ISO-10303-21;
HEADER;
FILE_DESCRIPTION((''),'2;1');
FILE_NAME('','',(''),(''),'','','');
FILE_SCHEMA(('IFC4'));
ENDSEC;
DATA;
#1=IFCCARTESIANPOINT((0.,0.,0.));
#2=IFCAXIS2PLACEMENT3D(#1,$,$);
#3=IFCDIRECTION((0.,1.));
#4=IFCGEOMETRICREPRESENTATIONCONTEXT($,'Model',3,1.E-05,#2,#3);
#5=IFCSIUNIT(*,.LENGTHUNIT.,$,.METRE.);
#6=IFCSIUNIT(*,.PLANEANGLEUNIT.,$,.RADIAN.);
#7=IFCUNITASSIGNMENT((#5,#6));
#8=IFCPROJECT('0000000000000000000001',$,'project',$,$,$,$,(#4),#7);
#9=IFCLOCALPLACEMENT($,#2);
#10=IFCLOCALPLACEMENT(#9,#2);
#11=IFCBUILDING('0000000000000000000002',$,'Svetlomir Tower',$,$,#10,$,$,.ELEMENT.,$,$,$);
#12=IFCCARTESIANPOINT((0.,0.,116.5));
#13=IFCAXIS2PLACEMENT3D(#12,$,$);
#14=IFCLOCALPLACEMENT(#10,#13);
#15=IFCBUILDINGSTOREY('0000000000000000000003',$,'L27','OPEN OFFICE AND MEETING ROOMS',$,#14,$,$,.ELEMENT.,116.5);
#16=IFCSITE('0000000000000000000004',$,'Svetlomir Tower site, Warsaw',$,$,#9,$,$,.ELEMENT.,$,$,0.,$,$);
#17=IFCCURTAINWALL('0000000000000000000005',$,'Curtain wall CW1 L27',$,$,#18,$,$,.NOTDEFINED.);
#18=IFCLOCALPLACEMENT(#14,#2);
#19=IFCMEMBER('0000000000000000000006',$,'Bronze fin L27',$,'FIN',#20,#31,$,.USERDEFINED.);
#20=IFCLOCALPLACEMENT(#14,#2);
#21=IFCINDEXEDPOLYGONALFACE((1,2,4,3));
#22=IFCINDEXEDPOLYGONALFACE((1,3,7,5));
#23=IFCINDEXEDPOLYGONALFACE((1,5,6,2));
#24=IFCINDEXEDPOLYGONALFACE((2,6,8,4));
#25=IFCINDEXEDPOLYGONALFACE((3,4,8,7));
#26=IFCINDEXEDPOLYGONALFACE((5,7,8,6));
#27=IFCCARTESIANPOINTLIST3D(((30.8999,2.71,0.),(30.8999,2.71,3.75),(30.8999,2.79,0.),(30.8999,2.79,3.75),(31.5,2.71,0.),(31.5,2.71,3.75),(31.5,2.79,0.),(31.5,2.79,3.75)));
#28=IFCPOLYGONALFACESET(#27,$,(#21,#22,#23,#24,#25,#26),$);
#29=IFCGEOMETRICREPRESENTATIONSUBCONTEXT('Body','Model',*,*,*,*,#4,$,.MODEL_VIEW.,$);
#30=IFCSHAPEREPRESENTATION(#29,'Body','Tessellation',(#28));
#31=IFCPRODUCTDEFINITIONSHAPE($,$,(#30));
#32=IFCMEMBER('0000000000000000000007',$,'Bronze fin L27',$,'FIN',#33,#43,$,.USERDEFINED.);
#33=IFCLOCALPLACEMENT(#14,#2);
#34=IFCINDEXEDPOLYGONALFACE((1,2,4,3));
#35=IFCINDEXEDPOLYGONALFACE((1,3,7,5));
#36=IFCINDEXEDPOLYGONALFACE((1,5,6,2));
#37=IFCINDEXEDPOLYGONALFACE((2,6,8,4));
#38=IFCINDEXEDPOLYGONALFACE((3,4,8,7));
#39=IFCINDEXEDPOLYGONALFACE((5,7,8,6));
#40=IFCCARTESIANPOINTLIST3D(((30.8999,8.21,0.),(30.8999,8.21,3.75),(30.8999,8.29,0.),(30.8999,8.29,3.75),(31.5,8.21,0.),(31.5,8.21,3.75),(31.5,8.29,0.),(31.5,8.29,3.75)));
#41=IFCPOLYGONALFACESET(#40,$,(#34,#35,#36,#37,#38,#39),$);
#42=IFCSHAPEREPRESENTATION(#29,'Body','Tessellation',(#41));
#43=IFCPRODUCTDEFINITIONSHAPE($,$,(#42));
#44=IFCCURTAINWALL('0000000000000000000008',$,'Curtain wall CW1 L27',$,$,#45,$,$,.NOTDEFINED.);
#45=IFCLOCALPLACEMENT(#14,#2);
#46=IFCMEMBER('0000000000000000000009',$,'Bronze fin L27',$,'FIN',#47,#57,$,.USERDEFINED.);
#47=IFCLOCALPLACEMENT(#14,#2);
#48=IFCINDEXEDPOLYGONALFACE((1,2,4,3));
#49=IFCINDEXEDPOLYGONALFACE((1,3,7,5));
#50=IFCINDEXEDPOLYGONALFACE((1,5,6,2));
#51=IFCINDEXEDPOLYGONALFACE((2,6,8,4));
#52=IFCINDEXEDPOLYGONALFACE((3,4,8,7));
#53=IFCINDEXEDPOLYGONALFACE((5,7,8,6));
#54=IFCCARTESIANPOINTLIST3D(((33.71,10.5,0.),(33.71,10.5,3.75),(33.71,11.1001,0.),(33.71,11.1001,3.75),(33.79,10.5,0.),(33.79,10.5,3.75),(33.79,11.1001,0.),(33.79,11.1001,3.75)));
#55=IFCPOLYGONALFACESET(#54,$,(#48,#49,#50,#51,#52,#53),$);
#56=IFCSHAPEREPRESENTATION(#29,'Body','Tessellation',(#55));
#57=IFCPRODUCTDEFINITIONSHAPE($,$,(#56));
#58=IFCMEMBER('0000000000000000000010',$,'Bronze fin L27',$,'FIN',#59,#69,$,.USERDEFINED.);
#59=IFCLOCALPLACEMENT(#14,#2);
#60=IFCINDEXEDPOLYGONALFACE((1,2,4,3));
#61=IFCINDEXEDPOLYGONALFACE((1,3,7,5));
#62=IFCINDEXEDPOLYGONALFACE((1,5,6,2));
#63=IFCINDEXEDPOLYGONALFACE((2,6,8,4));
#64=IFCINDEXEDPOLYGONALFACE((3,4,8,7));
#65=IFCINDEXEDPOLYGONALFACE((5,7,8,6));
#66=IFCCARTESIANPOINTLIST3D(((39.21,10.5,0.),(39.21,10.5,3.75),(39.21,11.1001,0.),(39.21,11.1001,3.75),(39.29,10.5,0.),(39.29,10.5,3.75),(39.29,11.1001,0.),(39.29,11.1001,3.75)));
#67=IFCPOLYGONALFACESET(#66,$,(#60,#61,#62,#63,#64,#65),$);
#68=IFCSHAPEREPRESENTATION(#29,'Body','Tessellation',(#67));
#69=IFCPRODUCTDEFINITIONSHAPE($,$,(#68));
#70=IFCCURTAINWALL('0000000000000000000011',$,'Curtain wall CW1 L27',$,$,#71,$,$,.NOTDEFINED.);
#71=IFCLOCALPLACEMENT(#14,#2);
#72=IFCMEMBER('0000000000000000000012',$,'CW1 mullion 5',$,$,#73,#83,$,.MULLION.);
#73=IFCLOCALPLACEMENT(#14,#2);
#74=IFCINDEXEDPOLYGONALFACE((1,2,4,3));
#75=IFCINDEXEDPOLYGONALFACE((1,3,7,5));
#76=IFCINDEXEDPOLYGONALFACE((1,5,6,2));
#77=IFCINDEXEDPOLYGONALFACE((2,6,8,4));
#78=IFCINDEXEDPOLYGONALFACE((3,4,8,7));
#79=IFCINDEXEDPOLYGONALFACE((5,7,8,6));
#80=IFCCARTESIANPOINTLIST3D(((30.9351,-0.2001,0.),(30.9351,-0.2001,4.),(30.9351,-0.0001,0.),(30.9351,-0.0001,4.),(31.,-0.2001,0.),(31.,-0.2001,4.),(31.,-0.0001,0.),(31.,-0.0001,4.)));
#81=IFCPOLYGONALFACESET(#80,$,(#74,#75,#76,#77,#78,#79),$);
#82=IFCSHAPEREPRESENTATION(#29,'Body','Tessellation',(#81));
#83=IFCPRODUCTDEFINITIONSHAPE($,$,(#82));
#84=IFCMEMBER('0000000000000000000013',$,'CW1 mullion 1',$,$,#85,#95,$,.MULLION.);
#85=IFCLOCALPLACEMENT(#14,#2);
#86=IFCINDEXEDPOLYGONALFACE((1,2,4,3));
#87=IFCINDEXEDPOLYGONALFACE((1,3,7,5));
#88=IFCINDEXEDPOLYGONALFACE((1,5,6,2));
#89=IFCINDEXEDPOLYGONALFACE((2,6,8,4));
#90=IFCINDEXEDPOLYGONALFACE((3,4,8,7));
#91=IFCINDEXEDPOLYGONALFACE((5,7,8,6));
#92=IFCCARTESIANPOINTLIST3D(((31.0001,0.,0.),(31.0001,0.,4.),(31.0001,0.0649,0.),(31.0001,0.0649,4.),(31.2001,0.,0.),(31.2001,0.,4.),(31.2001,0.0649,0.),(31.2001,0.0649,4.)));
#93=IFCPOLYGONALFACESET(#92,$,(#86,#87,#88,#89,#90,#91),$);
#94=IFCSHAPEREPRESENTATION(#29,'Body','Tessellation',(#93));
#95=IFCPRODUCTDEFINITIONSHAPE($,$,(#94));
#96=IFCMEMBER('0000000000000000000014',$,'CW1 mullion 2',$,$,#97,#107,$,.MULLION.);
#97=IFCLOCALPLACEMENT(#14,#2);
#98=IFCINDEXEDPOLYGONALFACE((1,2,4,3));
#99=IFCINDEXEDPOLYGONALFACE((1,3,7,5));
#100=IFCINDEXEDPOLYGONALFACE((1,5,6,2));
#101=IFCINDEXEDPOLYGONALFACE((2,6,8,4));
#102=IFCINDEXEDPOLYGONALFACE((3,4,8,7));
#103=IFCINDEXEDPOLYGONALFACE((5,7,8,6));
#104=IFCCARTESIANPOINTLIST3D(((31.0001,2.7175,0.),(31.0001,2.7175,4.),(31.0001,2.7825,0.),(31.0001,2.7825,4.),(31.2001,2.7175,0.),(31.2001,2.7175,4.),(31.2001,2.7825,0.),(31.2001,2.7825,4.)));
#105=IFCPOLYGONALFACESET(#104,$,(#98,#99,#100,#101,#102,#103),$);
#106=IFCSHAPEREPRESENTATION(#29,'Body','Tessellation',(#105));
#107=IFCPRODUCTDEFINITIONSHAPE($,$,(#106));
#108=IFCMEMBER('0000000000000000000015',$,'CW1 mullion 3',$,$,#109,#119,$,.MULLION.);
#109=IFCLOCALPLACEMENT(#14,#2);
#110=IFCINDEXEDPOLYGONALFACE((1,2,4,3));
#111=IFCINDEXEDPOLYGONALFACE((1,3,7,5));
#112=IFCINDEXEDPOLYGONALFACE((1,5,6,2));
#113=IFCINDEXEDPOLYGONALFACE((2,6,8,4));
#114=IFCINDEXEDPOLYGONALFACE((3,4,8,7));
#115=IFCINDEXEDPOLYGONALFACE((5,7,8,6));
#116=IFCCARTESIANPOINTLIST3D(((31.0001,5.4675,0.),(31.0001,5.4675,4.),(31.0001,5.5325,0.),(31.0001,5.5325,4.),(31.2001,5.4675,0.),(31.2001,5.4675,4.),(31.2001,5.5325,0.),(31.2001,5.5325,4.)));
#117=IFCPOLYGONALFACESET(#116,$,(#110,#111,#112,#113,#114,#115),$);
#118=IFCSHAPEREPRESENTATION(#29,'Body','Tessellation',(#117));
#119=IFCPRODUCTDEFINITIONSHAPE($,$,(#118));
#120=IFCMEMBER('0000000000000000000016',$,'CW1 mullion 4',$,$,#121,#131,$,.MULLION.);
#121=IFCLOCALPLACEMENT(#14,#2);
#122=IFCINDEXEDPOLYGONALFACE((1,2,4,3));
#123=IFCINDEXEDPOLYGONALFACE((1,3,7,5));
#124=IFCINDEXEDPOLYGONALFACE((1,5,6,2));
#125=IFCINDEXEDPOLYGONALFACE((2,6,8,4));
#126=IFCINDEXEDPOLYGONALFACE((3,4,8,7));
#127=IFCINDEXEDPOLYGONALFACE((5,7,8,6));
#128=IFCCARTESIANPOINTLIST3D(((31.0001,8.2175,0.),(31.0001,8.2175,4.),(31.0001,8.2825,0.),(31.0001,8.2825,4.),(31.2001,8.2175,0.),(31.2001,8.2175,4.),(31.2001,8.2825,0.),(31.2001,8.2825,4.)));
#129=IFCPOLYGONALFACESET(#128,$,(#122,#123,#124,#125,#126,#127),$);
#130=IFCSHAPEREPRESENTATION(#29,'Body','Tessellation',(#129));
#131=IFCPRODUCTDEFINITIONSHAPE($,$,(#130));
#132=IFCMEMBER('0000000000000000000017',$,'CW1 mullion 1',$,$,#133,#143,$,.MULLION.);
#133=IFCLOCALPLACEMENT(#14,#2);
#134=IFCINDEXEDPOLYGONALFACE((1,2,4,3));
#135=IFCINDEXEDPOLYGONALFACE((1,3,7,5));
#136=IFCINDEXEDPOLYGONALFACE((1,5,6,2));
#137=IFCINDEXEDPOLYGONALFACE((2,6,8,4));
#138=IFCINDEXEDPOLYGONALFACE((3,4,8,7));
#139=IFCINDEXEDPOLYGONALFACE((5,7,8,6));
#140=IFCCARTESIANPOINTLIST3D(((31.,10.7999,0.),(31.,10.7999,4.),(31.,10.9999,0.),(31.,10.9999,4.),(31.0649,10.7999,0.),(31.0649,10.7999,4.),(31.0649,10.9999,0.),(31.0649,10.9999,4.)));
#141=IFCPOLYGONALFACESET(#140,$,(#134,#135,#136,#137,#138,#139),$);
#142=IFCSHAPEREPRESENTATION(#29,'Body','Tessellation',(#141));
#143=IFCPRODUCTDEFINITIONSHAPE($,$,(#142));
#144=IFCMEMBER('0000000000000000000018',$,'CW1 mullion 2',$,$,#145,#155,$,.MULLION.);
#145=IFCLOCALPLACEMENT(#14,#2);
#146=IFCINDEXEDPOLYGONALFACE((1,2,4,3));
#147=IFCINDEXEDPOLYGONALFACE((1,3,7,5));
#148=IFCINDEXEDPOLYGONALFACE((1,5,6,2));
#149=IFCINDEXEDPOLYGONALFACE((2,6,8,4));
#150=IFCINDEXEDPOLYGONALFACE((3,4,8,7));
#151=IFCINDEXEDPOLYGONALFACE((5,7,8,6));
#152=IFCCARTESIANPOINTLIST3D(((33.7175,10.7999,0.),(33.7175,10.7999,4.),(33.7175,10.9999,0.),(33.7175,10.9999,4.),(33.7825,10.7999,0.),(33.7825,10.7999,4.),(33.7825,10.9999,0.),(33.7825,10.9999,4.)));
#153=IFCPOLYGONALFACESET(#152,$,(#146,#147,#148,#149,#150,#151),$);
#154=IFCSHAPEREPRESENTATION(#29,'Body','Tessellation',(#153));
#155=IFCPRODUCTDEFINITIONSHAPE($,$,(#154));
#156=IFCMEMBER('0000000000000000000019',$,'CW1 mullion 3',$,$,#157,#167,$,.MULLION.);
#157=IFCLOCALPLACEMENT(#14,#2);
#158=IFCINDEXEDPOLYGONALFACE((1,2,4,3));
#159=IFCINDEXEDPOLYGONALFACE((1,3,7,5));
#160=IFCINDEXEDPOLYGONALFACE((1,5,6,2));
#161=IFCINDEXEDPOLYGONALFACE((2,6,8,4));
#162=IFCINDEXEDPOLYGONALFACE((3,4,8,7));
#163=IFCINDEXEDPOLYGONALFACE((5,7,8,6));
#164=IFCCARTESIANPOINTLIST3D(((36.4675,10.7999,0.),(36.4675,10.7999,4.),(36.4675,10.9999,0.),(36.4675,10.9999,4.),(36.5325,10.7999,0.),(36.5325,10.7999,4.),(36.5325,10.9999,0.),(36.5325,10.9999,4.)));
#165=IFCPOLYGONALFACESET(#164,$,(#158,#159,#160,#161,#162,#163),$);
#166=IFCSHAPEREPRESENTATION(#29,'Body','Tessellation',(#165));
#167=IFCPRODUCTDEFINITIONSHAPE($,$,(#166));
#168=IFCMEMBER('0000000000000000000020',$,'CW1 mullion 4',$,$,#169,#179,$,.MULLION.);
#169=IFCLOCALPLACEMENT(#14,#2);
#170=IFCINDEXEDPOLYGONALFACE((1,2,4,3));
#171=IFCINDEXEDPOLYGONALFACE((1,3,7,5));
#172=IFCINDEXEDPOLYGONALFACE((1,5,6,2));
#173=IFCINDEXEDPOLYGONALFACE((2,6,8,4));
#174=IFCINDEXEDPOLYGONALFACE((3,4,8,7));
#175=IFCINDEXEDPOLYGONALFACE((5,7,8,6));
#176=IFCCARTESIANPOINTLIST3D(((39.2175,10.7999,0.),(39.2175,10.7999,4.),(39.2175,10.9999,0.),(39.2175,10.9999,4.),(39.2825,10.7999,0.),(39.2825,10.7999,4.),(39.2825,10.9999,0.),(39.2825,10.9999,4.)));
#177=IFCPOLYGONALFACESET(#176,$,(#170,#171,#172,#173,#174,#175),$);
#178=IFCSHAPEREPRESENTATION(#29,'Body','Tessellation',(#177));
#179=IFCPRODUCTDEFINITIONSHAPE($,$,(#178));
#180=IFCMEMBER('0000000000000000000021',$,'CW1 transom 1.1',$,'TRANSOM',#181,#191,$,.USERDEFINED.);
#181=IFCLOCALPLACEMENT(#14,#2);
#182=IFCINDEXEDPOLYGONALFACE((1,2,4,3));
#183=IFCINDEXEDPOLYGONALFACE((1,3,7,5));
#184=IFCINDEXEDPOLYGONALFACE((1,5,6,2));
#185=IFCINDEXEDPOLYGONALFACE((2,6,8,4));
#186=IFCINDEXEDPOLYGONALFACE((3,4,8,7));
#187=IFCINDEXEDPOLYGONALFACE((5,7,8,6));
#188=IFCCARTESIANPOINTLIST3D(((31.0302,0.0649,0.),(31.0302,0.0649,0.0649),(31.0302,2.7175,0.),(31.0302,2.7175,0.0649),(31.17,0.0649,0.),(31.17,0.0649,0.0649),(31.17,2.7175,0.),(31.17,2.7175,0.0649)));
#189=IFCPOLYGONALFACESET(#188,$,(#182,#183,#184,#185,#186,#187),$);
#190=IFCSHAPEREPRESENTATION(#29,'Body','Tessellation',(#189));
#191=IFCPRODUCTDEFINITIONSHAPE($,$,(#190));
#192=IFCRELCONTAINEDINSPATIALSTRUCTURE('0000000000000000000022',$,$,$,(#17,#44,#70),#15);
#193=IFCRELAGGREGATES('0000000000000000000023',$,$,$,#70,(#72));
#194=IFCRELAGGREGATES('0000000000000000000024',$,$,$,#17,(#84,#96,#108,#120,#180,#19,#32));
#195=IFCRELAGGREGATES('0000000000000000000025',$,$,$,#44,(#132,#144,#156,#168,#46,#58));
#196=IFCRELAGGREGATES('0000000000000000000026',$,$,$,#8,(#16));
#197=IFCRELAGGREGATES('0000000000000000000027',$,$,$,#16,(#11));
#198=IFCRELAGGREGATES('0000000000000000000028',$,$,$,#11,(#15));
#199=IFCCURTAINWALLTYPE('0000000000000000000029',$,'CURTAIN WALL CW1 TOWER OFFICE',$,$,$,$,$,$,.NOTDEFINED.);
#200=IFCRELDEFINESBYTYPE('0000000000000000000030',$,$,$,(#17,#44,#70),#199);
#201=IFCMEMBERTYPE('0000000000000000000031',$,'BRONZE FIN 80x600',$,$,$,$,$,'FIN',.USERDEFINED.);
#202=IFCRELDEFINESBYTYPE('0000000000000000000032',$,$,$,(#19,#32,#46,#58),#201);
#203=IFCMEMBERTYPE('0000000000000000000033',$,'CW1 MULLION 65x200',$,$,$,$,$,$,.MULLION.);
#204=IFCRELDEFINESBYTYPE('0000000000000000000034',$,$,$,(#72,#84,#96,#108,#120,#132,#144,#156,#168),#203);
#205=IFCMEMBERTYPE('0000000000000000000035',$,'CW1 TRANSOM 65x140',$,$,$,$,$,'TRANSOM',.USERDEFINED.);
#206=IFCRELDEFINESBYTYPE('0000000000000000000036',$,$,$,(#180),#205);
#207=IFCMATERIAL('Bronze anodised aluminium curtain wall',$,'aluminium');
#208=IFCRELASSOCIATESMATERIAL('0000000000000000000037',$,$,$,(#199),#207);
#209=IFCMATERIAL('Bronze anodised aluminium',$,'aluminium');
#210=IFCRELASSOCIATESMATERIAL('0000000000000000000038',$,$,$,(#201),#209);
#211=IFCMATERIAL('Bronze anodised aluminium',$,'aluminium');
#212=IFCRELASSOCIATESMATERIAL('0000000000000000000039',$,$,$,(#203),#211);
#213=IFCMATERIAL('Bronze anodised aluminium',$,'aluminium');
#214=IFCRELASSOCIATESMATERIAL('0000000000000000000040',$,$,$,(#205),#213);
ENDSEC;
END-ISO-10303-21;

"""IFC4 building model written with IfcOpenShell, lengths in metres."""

from ifc_helpers import new_model, si_unit, direction, frame, origin, origin_2d, place, context, subcontext, project, spatial, rectangle, extrude, material, material_profile, profile_set, type_object, element, aggregate, save


model = new_model("IFC4")

# Units and contexts
model_context = context("Model", 3, precision=1e-05, world=origin(), true_north=direction((0.0, 1.0)))
body_context = subcontext(model_context, "Body", "Model", "MODEL_VIEW")
ifc_project = project(units=[si_unit("LENGTHUNIT", "METRE"), si_unit("PLANEANGLEUNIT", "RADIAN")], contexts=[model_context])

# Site, building, storey
site_placement = place(None, origin())
site = spatial("IfcSite", under=ifc_project, at=site_placement, Name="Svetlomir Tower site, Warsaw", CompositionType="ELEMENT", RefElevation=0.0)
building_placement = place(site_placement, origin())
building = spatial("IfcBuilding", under=site, at=building_placement, Name="Svetlomir Tower", CompositionType="ELEMENT")
storey_placement = place(building_placement, frame((0.0, 0.0, 116.5)))
storey = spatial("IfcBuildingStorey", under=building, at=storey_placement, Name="L27", Description="OPEN OFFICE AND MEETING ROOMS", CompositionType="ELEMENT", Elevation=116.5)

# Curtain walls, members
ifc_material_1 = material(Name="Bronze anodised aluminium curtain wall", Category="aluminium")
curtain_wall_type = type_object("IfcCurtainWallType", Name="CURTAIN WALL CW1 TOWER OFFICE", PredefinedType="NOTDEFINED", material=ifc_material_1)
curtain_wall_1_placement = place(storey_placement, origin())
curtain_wall_1 = element("IfcCurtainWall", 1, at=curtain_wall_1_placement, inside=storey, type_object=curtain_wall_type, Name="Curtain wall CW1 L27", PredefinedType="NOTDEFINED")
ifc_material_2 = material(Name="Bronze anodised aluminium", Category="aluminium")
ifc_material_profile_1 = material_profile(ifc_material_2, rectangle(XDim=0.0801, YDim=0.6001, at=origin_2d()), Name="FIN 80x600")
ifc_profile_set_1 = profile_set([ifc_material_profile_1], Name="Bronze anodised aluminium 6063-T6")
member_type_1 = type_object("IfcMemberType", Name="BRONZE FIN 80x600", ElementType="FIN", PredefinedType="USERDEFINED", material=ifc_profile_set_1)
member_1_placement = place(storey_placement, frame((31.2, 2.75, 0.0), z_axis=(0.0, 0.0, 1.0), x_axis=(0.0, 1.0, 0.0)))
member_1 = element("IfcMember", 2, at=member_1_placement, type_object=member_type_1, Name="Bronze fin L27", ObjectType="FIN", PredefinedType="USERDEFINED", context=body_context, shape_type="SweptSolid", body=[
    extrude(rectangle(XDim=0.0801, YDim=0.6001, at=origin_2d()), origin(), (0.0, 0.0, 1.0), 3.75),
])
member_2_placement = place(storey_placement, frame((31.2, 8.25, 0.0), z_axis=(0.0, 0.0, 1.0), x_axis=(0.0, 1.0, 0.0)))
member_2 = element("IfcMember", 3, at=member_2_placement, type_object=member_type_1, Name="Bronze fin L27", ObjectType="FIN", PredefinedType="USERDEFINED", context=body_context, shape_type="SweptSolid", body=[
    extrude(rectangle(XDim=0.0801, YDim=0.6001, at=origin_2d()), origin(), (0.0, 0.0, 1.0), 3.75),
])
curtain_wall_2_placement = place(storey_placement, origin())
curtain_wall_2 = element("IfcCurtainWall", 4, at=curtain_wall_2_placement, inside=storey, type_object=curtain_wall_type, Name="Curtain wall CW1 L27", PredefinedType="NOTDEFINED")
member_3_placement = place(storey_placement, frame((33.75, 10.8, 0.0), z_axis=(0.0, 0.0, 1.0), x_axis=(1.0, 0.0, 0.0)))
member_3 = element("IfcMember", 5, at=member_3_placement, type_object=member_type_1, Name="Bronze fin L27", ObjectType="FIN", PredefinedType="USERDEFINED", context=body_context, shape_type="SweptSolid", body=[
    extrude(rectangle(XDim=0.0801, YDim=0.6001, at=origin_2d()), origin(), (0.0, 0.0, 1.0), 3.75),
])
member_4_placement = place(storey_placement, frame((39.25, 10.8, 0.0), z_axis=(0.0, 0.0, 1.0), x_axis=(1.0, 0.0, 0.0)))
member_4 = element("IfcMember", 6, at=member_4_placement, type_object=member_type_1, Name="Bronze fin L27", ObjectType="FIN", PredefinedType="USERDEFINED", context=body_context, shape_type="SweptSolid", body=[
    extrude(rectangle(XDim=0.0801, YDim=0.6001, at=origin_2d()), origin(), (0.0, 0.0, 1.0), 3.75),
])

# Curtain wall, member
curtain_wall_3_placement = place(storey_placement, origin())
curtain_wall_3 = element("IfcCurtainWall", 7, at=curtain_wall_3_placement, inside=storey, type_object=curtain_wall_type, Name="Curtain wall CW1 L27", PredefinedType="NOTDEFINED")
ifc_material_3 = material(Name="Bronze anodised aluminium", Category="aluminium")
ifc_material_profile_2 = material_profile(ifc_material_3, rectangle(XDim=0.0649, YDim=0.2, at=origin_2d()), Name="AL 65x200")
ifc_profile_set_2 = profile_set([ifc_material_profile_2], Name="Bronze anodised aluminium 6063-T6")
member_type_2 = type_object("IfcMemberType", Name="CW1 MULLION 65x200", PredefinedType="MULLION", material=ifc_profile_set_2)
member_5_placement = place(storey_placement, frame((30.9675, -0.1001, 0.0), z_axis=(0.0, 0.0, 1.0), x_axis=(1.0, 0.0, 0.0)))
member_5 = element("IfcMember", 8, at=member_5_placement, type_object=member_type_2, Name="CW1 mullion 5", PredefinedType="MULLION", context=body_context, shape_type="SweptSolid", body=[
    extrude(rectangle(XDim=0.0649, YDim=0.2, at=origin_2d()), origin(), (0.0, 0.0, 1.0), 4.0),
])
aggregate(curtain_wall_3, [member_5])

# Members
member_6_placement = place(storey_placement, frame((31.1001, 0.0325, 0.0), z_axis=(0.0, 0.0, 1.0), x_axis=(0.0, 1.0, 0.0)))
member_6 = element("IfcMember", 9, at=member_6_placement, type_object=member_type_2, Name="CW1 mullion 1", PredefinedType="MULLION", context=body_context, shape_type="SweptSolid", body=[
    extrude(rectangle(XDim=0.0649, YDim=0.2, at=origin_2d()), origin(), (0.0, 0.0, 1.0), 4.0),
])
member_7_placement = place(storey_placement, frame((31.1001, 2.75, 0.0), z_axis=(0.0, 0.0, 1.0), x_axis=(0.0, 1.0, 0.0)))
member_7 = element("IfcMember", 10, at=member_7_placement, type_object=member_type_2, Name="CW1 mullion 2", PredefinedType="MULLION", context=body_context, shape_type="SweptSolid", body=[
    extrude(rectangle(XDim=0.0649, YDim=0.2, at=origin_2d()), origin(), (0.0, 0.0, 1.0), 4.0),
])
member_8_placement = place(storey_placement, frame((31.1001, 5.5, 0.0), z_axis=(0.0, 0.0, 1.0), x_axis=(0.0, 1.0, 0.0)))
member_8 = element("IfcMember", 11, at=member_8_placement, type_object=member_type_2, Name="CW1 mullion 3", PredefinedType="MULLION", context=body_context, shape_type="SweptSolid", body=[
    extrude(rectangle(XDim=0.0649, YDim=0.2, at=origin_2d()), origin(), (0.0, 0.0, 1.0), 4.0),
])
member_9_placement = place(storey_placement, frame((31.1001, 8.25, 0.0), z_axis=(0.0, 0.0, 1.0), x_axis=(0.0, 1.0, 0.0)))
member_9 = element("IfcMember", 12, at=member_9_placement, type_object=member_type_2, Name="CW1 mullion 4", PredefinedType="MULLION", context=body_context, shape_type="SweptSolid", body=[
    extrude(rectangle(XDim=0.0649, YDim=0.2, at=origin_2d()), origin(), (0.0, 0.0, 1.0), 4.0),
])
member_10_placement = place(storey_placement, frame((31.0325, 10.8999, 0.0), z_axis=(0.0, 0.0, 1.0), x_axis=(1.0, 0.0, 0.0)))
member_10 = element("IfcMember", 13, at=member_10_placement, type_object=member_type_2, Name="CW1 mullion 1", PredefinedType="MULLION", context=body_context, shape_type="SweptSolid", body=[
    extrude(rectangle(XDim=0.0649, YDim=0.2, at=origin_2d()), origin(), (0.0, 0.0, 1.0), 4.0),
])
member_11_placement = place(storey_placement, frame((33.75, 10.8999, 0.0), z_axis=(0.0, 0.0, 1.0), x_axis=(1.0, 0.0, 0.0)))
member_11 = element("IfcMember", 14, at=member_11_placement, type_object=member_type_2, Name="CW1 mullion 2", PredefinedType="MULLION", context=body_context, shape_type="SweptSolid", body=[
    extrude(rectangle(XDim=0.0649, YDim=0.2, at=origin_2d()), origin(), (0.0, 0.0, 1.0), 4.0),
])
member_12_placement = place(storey_placement, frame((36.5, 10.8999, 0.0), z_axis=(0.0, 0.0, 1.0), x_axis=(1.0, 0.0, 0.0)))
member_12 = element("IfcMember", 15, at=member_12_placement, type_object=member_type_2, Name="CW1 mullion 3", PredefinedType="MULLION", context=body_context, shape_type="SweptSolid", body=[
    extrude(rectangle(XDim=0.0649, YDim=0.2, at=origin_2d()), origin(), (0.0, 0.0, 1.0), 4.0),
])
member_13_placement = place(storey_placement, frame((39.25, 10.8999, 0.0), z_axis=(0.0, 0.0, 1.0), x_axis=(1.0, 0.0, 0.0)))
member_13 = element("IfcMember", 16, at=member_13_placement, type_object=member_type_2, Name="CW1 mullion 4", PredefinedType="MULLION", context=body_context, shape_type="SweptSolid", body=[
    extrude(rectangle(XDim=0.0649, YDim=0.2, at=origin_2d()), origin(), (0.0, 0.0, 1.0), 4.0),
])
ifc_material_4 = material(Name="Bronze anodised aluminium", Category="aluminium")
ifc_material_profile_3 = material_profile(ifc_material_4, rectangle(XDim=0.1399, YDim=0.0649, at=origin_2d()), Name="AL 140x65")
ifc_profile_set_3 = profile_set([ifc_material_profile_3], Name="Bronze anodised aluminium 6063-T6")
member_type_3 = type_object("IfcMemberType", Name="CW1 TRANSOM 65x140", ElementType="TRANSOM", PredefinedType="USERDEFINED", material=ifc_profile_set_3)
member_14_placement = place(storey_placement, frame((31.1001, 0.0649, 0.0325), z_axis=(0.0, 1.0, 0.0), x_axis=(-1.0, 0.0, 0.0)))
member_14 = element("IfcMember", 17, at=member_14_placement, type_object=member_type_3, Name="CW1 transom 1.1", ObjectType="TRANSOM", PredefinedType="USERDEFINED", context=body_context, shape_type="SweptSolid", body=[
    extrude(rectangle(XDim=0.1399, YDim=0.0649, at=origin_2d()), origin(), (0.0, 0.0, 1.0), 2.6526),
])

aggregate(curtain_wall_1, [member_6, member_7, member_8, member_9, member_14, member_1, member_2])
aggregate(curtain_wall_2, [member_10, member_11, member_12, member_13, member_3, member_4])

save(model, "model.ifc")
